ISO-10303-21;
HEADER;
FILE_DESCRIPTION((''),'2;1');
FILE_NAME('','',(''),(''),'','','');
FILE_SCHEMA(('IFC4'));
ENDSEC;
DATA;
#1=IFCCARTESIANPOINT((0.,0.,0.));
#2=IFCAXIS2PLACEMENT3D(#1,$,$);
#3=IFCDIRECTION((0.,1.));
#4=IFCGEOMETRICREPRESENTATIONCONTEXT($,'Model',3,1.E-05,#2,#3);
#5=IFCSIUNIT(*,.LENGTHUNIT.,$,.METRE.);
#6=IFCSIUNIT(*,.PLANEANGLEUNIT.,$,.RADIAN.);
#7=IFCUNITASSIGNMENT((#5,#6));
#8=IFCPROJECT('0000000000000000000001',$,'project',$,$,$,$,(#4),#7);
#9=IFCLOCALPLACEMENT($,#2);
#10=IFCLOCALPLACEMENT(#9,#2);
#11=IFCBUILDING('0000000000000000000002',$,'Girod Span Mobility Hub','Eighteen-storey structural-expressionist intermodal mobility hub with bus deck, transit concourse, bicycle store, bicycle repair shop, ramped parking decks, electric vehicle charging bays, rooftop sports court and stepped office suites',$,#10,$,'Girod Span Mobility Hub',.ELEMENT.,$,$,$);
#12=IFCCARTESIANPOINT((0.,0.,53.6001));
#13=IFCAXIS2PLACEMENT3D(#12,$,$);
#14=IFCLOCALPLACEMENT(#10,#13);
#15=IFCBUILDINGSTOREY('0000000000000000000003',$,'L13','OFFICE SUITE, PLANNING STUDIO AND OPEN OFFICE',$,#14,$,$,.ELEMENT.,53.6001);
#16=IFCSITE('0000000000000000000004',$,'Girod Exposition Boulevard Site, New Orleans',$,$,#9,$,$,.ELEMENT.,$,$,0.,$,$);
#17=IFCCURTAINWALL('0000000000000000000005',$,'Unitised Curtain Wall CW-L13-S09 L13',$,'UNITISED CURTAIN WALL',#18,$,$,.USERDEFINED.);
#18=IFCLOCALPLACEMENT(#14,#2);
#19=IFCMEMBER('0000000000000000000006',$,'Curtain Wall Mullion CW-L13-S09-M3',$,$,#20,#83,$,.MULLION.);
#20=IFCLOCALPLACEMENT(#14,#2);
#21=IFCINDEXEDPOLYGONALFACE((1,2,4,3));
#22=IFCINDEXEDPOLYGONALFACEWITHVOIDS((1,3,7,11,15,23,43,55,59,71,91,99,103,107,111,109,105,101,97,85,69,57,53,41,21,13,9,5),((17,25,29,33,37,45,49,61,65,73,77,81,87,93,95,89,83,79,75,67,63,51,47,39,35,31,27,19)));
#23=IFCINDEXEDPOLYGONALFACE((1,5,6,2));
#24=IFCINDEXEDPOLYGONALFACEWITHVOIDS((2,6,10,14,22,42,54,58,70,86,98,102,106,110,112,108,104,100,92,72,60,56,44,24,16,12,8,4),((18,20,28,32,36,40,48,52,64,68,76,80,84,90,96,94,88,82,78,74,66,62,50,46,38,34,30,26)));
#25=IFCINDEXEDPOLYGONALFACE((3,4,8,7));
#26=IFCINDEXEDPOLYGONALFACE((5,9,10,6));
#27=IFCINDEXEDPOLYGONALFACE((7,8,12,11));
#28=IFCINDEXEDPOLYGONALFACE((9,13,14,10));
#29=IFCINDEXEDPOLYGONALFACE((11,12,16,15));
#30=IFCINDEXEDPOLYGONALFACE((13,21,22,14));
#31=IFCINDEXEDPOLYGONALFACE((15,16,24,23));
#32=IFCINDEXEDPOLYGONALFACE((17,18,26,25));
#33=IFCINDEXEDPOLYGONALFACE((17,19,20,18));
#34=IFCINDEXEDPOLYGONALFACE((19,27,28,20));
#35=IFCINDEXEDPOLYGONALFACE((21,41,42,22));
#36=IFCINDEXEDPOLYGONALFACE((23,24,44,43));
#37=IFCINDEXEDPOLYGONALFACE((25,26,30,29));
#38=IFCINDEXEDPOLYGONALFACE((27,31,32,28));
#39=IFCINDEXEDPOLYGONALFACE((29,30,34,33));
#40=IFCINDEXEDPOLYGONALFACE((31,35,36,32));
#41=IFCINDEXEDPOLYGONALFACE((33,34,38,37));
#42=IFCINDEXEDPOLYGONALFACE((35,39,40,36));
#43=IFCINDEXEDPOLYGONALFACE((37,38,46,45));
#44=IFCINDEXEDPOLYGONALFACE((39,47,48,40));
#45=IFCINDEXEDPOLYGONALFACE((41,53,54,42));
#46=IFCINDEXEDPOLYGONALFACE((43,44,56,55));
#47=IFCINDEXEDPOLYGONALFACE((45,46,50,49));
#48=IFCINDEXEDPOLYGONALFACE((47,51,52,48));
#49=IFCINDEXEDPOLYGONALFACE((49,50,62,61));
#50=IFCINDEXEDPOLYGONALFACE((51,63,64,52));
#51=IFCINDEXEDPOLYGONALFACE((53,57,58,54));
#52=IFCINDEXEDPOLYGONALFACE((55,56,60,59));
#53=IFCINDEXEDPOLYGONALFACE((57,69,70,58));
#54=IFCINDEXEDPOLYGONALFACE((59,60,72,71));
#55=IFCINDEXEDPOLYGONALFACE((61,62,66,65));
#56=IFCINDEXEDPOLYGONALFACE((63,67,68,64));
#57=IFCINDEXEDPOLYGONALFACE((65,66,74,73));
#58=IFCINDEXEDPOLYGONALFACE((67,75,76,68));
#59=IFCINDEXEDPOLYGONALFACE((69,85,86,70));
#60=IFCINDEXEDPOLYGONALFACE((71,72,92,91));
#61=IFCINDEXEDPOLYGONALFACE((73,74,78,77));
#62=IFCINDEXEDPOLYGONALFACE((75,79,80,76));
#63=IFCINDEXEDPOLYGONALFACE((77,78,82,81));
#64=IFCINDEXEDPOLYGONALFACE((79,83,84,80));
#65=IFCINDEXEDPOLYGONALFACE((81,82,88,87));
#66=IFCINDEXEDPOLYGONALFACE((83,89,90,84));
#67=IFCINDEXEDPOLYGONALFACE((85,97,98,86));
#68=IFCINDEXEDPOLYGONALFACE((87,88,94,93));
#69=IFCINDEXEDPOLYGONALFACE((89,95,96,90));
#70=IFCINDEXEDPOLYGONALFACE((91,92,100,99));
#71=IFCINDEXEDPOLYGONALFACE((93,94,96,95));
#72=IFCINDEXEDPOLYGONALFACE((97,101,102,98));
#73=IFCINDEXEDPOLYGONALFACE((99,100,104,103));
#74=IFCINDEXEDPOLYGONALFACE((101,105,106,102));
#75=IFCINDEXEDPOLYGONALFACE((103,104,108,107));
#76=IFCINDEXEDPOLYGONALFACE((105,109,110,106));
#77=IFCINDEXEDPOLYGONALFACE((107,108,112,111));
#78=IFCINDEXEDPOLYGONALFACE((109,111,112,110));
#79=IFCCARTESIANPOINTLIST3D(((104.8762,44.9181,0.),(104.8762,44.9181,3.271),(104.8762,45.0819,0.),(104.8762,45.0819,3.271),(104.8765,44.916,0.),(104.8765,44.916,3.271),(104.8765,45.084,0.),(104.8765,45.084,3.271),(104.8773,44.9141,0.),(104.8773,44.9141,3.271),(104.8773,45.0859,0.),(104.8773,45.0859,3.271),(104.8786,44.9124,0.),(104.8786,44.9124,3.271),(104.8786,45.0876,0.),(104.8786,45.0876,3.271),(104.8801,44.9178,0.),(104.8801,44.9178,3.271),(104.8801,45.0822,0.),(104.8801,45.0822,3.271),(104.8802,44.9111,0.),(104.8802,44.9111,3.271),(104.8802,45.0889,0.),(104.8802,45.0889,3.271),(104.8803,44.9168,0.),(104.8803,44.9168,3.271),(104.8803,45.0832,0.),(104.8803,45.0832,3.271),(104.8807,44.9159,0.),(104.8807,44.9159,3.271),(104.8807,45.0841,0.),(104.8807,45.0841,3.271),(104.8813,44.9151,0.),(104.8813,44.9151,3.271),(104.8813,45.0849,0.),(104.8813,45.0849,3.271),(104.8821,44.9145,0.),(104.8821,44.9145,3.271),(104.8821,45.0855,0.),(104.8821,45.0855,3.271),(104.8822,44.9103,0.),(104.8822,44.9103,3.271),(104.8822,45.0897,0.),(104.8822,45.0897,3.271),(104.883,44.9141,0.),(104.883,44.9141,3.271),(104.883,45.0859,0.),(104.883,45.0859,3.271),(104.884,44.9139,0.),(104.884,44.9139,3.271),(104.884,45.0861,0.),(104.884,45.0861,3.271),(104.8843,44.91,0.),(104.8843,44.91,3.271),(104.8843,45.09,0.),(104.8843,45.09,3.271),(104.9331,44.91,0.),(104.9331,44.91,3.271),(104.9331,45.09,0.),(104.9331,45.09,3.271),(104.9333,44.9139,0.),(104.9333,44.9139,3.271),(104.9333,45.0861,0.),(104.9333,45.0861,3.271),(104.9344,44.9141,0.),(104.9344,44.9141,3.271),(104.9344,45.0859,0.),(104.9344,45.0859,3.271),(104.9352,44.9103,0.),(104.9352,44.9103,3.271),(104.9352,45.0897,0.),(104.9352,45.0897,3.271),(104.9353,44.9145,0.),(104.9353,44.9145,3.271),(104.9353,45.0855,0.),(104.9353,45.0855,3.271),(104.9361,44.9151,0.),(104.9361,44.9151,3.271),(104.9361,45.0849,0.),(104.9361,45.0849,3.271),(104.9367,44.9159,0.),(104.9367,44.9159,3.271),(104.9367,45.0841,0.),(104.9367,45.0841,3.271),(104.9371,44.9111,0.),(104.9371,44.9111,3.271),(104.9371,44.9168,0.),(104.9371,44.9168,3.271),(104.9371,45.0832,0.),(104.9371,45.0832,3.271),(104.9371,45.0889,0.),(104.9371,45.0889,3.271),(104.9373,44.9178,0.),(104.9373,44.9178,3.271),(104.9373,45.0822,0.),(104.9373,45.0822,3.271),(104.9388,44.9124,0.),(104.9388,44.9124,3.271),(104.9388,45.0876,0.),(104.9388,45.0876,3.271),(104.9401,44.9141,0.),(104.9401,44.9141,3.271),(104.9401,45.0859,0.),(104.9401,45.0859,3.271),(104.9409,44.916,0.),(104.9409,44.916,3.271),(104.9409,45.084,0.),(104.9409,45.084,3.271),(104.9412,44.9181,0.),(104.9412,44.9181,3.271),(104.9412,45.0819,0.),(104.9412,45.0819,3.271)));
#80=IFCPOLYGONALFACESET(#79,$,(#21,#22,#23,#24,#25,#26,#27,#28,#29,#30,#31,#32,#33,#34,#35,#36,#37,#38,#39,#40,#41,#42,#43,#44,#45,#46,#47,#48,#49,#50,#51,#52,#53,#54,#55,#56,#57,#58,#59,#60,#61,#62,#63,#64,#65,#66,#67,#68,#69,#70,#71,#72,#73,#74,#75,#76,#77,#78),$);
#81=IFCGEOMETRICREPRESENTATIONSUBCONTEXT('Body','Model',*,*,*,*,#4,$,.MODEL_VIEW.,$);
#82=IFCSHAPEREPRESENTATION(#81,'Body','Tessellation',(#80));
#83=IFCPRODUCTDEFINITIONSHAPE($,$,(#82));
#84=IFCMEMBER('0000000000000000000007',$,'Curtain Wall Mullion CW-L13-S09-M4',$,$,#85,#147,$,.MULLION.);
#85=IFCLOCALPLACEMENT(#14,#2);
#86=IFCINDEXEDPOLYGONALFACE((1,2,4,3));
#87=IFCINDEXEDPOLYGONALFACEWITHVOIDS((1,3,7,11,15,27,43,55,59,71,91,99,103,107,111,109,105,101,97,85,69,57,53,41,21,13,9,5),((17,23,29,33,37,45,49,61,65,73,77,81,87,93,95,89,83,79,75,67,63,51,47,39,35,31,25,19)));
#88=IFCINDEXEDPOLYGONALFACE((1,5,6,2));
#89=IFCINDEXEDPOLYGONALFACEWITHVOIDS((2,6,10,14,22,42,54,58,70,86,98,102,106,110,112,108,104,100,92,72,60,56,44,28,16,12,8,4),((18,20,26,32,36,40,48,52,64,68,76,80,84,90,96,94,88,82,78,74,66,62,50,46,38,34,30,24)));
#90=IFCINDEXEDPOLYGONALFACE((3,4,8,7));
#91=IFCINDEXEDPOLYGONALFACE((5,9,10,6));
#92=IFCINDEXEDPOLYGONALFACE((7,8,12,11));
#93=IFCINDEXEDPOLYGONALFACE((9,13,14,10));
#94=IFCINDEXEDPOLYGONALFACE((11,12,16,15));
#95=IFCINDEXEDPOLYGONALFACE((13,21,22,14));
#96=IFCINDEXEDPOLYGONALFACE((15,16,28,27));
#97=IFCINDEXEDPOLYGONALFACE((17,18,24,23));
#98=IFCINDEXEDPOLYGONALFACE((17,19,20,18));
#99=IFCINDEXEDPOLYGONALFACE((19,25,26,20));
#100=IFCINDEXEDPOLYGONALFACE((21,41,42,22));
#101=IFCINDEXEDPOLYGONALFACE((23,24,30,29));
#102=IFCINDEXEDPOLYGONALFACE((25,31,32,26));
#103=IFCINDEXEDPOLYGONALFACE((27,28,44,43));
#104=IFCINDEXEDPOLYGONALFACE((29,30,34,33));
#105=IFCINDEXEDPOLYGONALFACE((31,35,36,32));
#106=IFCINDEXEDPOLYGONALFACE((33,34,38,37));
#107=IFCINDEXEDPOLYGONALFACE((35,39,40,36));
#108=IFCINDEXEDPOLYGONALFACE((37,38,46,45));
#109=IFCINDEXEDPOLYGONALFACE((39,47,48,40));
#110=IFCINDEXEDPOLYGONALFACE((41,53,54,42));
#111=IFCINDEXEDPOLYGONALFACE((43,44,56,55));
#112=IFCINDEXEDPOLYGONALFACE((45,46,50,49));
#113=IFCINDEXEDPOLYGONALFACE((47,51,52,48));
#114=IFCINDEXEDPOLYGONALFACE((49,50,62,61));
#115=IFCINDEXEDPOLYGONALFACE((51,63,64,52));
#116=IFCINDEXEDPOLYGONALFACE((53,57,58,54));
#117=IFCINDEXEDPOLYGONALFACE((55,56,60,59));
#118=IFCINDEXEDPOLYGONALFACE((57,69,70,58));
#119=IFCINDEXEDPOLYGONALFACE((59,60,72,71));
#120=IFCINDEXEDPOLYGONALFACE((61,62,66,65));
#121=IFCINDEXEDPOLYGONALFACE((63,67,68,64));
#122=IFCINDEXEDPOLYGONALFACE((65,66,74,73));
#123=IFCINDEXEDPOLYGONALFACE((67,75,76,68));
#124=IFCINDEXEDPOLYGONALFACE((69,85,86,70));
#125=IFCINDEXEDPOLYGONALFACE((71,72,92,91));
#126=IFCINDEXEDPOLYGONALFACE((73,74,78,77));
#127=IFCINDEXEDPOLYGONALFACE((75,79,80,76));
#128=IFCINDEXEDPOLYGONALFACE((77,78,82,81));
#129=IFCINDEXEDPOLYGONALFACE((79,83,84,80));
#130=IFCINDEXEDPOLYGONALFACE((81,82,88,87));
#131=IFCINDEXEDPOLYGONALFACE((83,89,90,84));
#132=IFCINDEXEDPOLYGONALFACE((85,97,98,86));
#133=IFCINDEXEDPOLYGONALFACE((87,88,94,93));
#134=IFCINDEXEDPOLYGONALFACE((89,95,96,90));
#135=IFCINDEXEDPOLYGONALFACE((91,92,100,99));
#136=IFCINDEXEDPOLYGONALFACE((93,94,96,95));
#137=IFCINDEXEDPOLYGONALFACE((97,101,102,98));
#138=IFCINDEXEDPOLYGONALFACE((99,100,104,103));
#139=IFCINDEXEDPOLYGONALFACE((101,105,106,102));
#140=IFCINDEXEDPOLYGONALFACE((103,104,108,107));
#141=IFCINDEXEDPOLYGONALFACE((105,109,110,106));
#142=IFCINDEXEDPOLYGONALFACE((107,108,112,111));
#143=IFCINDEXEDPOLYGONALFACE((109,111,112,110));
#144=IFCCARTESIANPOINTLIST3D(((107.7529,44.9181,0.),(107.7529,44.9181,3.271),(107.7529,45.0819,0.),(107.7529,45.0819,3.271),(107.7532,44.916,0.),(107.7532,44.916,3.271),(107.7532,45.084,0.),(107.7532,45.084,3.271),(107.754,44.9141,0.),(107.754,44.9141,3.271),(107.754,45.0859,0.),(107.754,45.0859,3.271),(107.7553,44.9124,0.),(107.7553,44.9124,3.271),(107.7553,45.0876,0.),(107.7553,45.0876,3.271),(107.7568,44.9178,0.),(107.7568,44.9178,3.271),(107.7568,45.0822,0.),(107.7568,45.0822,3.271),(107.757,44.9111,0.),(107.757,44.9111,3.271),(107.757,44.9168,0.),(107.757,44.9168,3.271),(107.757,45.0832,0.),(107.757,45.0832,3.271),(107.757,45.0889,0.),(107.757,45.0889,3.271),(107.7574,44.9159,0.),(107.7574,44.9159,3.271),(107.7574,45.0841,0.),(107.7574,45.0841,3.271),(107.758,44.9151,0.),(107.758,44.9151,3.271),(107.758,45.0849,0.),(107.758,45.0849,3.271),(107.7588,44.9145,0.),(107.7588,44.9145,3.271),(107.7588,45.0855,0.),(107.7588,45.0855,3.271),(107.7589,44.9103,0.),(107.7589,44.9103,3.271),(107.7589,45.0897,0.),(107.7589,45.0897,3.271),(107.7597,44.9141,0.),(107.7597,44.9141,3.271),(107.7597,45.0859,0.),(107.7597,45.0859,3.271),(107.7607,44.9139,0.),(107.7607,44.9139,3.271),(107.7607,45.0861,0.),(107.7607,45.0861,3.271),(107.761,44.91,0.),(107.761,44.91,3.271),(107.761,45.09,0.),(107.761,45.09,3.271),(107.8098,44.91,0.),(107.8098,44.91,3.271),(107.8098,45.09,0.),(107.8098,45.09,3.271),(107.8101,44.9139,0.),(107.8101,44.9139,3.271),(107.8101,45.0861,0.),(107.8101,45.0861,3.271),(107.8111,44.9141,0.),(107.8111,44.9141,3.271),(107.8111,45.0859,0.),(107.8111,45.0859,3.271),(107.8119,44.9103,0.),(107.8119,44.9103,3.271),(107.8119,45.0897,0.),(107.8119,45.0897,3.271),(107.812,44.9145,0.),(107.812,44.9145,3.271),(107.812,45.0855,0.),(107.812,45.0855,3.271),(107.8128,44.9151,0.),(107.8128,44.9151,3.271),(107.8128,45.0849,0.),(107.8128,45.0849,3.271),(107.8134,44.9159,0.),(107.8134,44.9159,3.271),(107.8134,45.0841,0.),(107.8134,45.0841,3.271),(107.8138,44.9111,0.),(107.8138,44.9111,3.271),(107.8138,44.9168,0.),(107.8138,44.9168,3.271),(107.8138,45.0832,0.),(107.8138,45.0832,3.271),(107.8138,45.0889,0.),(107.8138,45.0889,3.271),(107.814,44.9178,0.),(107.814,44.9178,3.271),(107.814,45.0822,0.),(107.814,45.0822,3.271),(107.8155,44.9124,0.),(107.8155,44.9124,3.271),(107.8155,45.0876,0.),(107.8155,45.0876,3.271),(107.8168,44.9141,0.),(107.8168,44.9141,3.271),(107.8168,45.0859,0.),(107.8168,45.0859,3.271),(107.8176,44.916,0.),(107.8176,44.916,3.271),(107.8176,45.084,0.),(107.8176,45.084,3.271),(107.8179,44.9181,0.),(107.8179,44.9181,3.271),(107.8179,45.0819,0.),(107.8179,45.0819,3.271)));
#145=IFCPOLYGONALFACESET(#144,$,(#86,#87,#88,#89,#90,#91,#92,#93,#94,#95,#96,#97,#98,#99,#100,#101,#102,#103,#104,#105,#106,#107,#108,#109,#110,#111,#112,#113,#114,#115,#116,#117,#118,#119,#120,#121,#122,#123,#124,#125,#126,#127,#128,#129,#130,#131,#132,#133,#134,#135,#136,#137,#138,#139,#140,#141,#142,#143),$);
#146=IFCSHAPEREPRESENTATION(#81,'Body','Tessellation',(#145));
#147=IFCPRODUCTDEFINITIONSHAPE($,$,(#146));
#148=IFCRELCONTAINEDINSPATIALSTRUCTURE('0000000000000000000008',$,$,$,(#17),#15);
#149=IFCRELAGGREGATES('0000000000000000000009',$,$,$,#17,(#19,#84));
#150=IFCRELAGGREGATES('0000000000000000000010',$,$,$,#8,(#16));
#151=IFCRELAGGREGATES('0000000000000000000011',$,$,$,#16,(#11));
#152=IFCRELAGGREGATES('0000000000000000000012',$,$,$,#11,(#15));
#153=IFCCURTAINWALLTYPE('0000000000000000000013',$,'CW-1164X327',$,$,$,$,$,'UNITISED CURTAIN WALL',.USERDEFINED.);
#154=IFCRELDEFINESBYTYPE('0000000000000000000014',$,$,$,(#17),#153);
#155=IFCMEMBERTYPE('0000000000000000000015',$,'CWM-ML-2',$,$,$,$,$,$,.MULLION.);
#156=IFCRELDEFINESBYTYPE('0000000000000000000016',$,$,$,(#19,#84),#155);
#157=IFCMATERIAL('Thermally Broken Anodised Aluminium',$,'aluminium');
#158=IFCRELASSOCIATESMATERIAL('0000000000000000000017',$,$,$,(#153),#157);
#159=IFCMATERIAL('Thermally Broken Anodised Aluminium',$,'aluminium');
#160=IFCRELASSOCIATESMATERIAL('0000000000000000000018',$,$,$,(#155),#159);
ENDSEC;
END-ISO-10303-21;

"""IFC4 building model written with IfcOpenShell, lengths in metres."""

from ifc_helpers import new_model, si_unit, direction, frame, origin, origin_2d, place, context, subcontext, project, spatial, hollow_rectangle, extrude, material, material_profile, profile_set, type_object, element, aggregate, save


model = new_model("IFC4")

# Units and contexts
model_context = context("Model", 3, precision=1e-05, world=origin(), true_north=direction((0.0, 1.0)))
body_context = subcontext(model_context, "Body", "Model", "MODEL_VIEW")
ifc_project = project(units=[si_unit("LENGTHUNIT", "METRE"), si_unit("PLANEANGLEUNIT", "RADIAN")], contexts=[model_context])

# Site, building, storey
site_placement = place(None, origin())
site = spatial("IfcSite", under=ifc_project, at=site_placement, Name="Girod Exposition Boulevard Site, New Orleans", CompositionType="ELEMENT", RefElevation=0.0)
building_placement = place(site_placement, origin())
building = spatial("IfcBuilding", under=site, at=building_placement, Name="Girod Span Mobility Hub", Description="Eighteen-storey structural-expressionist intermodal mobility hub with bus deck, transit concourse, bicycle store, bicycle repair shop, ramped parking decks, electric vehicle charging bays, rooftop sports court and stepped office suites", LongName="Girod Span Mobility Hub", CompositionType="ELEMENT")
storey_placement = place(building_placement, frame((0.0, 0.0, 53.6001)))
storey = spatial("IfcBuildingStorey", under=building, at=storey_placement, Name="L13", Description="OFFICE SUITE, PLANNING STUDIO AND OPEN OFFICE", CompositionType="ELEMENT", Elevation=53.6001)

# Curtain wall, members
ifc_material_1 = material(Name="Thermally Broken Anodised Aluminium", Category="aluminium")
curtain_wall_type = type_object("IfcCurtainWallType", Name="CW-1164X327", ElementType="UNITISED CURTAIN WALL", PredefinedType="USERDEFINED", material=ifc_material_1)
curtain_wall_1_placement = place(storey_placement, origin())
curtain_wall_1 = element("IfcCurtainWall", 1, at=curtain_wall_1_placement, inside=storey, type_object=curtain_wall_type, Name="Unitised Curtain Wall CW-L13-S09 L13", ObjectType="UNITISED CURTAIN WALL", PredefinedType="USERDEFINED")
ifc_material_2 = material(Name="Thermally Broken Anodised Aluminium", Category="aluminium")
ifc_material_profile_1 = material_profile(ifc_material_2, hollow_rectangle(XDim=0.1799, YDim=0.0649, WallThickness=0.0039, InnerFilletRadius=0.0039, OuterFilletRadius=0.0081, at=origin_2d()), Name="CW-ML-65X180")
ifc_profile_set_1 = profile_set([ifc_material_profile_1], Name="Thermally Broken Anodised Aluminium")
member_type_1 = type_object("IfcMemberType", Name="CWM-ML-2", PredefinedType="MULLION", material=ifc_profile_set_1)
member_1_placement = place(storey_placement, frame((104.9087, 45.0, 0.0), z_axis=(0.0, 0.0, 1.0), x_axis=(0.0, 1.0, 0.0)))
member_1 = element("IfcMember", 2, at=member_1_placement, type_object=member_type_1, Name="Curtain Wall Mullion CW-L13-S09-M3", PredefinedType="MULLION", context=body_context, shape_type="SweptSolid", body=[
    extrude(hollow_rectangle(XDim=0.1799, YDim=0.0649, WallThickness=0.0039, InnerFilletRadius=0.0039, OuterFilletRadius=0.0081, at=origin_2d()), origin(), (0.0, 0.0, 1.0), 3.271),
])
member_2_placement = place(storey_placement, frame((107.7854, 45.0, 0.0), z_axis=(0.0, 0.0, 1.0), x_axis=(0.0, 1.0, 0.0)))
member_2 = element("IfcMember", 3, at=member_2_placement, type_object=member_type_1, Name="Curtain Wall Mullion CW-L13-S09-M4", PredefinedType="MULLION", context=body_context, shape_type="SweptSolid", body=[
    extrude(hollow_rectangle(XDim=0.1799, YDim=0.0649, WallThickness=0.0039, InnerFilletRadius=0.0039, OuterFilletRadius=0.0081, at=origin_2d()), origin(), (0.0, 0.0, 1.0), 3.271),
])

aggregate(curtain_wall_1, [member_1, member_2])

save(model, "model.ifc")
